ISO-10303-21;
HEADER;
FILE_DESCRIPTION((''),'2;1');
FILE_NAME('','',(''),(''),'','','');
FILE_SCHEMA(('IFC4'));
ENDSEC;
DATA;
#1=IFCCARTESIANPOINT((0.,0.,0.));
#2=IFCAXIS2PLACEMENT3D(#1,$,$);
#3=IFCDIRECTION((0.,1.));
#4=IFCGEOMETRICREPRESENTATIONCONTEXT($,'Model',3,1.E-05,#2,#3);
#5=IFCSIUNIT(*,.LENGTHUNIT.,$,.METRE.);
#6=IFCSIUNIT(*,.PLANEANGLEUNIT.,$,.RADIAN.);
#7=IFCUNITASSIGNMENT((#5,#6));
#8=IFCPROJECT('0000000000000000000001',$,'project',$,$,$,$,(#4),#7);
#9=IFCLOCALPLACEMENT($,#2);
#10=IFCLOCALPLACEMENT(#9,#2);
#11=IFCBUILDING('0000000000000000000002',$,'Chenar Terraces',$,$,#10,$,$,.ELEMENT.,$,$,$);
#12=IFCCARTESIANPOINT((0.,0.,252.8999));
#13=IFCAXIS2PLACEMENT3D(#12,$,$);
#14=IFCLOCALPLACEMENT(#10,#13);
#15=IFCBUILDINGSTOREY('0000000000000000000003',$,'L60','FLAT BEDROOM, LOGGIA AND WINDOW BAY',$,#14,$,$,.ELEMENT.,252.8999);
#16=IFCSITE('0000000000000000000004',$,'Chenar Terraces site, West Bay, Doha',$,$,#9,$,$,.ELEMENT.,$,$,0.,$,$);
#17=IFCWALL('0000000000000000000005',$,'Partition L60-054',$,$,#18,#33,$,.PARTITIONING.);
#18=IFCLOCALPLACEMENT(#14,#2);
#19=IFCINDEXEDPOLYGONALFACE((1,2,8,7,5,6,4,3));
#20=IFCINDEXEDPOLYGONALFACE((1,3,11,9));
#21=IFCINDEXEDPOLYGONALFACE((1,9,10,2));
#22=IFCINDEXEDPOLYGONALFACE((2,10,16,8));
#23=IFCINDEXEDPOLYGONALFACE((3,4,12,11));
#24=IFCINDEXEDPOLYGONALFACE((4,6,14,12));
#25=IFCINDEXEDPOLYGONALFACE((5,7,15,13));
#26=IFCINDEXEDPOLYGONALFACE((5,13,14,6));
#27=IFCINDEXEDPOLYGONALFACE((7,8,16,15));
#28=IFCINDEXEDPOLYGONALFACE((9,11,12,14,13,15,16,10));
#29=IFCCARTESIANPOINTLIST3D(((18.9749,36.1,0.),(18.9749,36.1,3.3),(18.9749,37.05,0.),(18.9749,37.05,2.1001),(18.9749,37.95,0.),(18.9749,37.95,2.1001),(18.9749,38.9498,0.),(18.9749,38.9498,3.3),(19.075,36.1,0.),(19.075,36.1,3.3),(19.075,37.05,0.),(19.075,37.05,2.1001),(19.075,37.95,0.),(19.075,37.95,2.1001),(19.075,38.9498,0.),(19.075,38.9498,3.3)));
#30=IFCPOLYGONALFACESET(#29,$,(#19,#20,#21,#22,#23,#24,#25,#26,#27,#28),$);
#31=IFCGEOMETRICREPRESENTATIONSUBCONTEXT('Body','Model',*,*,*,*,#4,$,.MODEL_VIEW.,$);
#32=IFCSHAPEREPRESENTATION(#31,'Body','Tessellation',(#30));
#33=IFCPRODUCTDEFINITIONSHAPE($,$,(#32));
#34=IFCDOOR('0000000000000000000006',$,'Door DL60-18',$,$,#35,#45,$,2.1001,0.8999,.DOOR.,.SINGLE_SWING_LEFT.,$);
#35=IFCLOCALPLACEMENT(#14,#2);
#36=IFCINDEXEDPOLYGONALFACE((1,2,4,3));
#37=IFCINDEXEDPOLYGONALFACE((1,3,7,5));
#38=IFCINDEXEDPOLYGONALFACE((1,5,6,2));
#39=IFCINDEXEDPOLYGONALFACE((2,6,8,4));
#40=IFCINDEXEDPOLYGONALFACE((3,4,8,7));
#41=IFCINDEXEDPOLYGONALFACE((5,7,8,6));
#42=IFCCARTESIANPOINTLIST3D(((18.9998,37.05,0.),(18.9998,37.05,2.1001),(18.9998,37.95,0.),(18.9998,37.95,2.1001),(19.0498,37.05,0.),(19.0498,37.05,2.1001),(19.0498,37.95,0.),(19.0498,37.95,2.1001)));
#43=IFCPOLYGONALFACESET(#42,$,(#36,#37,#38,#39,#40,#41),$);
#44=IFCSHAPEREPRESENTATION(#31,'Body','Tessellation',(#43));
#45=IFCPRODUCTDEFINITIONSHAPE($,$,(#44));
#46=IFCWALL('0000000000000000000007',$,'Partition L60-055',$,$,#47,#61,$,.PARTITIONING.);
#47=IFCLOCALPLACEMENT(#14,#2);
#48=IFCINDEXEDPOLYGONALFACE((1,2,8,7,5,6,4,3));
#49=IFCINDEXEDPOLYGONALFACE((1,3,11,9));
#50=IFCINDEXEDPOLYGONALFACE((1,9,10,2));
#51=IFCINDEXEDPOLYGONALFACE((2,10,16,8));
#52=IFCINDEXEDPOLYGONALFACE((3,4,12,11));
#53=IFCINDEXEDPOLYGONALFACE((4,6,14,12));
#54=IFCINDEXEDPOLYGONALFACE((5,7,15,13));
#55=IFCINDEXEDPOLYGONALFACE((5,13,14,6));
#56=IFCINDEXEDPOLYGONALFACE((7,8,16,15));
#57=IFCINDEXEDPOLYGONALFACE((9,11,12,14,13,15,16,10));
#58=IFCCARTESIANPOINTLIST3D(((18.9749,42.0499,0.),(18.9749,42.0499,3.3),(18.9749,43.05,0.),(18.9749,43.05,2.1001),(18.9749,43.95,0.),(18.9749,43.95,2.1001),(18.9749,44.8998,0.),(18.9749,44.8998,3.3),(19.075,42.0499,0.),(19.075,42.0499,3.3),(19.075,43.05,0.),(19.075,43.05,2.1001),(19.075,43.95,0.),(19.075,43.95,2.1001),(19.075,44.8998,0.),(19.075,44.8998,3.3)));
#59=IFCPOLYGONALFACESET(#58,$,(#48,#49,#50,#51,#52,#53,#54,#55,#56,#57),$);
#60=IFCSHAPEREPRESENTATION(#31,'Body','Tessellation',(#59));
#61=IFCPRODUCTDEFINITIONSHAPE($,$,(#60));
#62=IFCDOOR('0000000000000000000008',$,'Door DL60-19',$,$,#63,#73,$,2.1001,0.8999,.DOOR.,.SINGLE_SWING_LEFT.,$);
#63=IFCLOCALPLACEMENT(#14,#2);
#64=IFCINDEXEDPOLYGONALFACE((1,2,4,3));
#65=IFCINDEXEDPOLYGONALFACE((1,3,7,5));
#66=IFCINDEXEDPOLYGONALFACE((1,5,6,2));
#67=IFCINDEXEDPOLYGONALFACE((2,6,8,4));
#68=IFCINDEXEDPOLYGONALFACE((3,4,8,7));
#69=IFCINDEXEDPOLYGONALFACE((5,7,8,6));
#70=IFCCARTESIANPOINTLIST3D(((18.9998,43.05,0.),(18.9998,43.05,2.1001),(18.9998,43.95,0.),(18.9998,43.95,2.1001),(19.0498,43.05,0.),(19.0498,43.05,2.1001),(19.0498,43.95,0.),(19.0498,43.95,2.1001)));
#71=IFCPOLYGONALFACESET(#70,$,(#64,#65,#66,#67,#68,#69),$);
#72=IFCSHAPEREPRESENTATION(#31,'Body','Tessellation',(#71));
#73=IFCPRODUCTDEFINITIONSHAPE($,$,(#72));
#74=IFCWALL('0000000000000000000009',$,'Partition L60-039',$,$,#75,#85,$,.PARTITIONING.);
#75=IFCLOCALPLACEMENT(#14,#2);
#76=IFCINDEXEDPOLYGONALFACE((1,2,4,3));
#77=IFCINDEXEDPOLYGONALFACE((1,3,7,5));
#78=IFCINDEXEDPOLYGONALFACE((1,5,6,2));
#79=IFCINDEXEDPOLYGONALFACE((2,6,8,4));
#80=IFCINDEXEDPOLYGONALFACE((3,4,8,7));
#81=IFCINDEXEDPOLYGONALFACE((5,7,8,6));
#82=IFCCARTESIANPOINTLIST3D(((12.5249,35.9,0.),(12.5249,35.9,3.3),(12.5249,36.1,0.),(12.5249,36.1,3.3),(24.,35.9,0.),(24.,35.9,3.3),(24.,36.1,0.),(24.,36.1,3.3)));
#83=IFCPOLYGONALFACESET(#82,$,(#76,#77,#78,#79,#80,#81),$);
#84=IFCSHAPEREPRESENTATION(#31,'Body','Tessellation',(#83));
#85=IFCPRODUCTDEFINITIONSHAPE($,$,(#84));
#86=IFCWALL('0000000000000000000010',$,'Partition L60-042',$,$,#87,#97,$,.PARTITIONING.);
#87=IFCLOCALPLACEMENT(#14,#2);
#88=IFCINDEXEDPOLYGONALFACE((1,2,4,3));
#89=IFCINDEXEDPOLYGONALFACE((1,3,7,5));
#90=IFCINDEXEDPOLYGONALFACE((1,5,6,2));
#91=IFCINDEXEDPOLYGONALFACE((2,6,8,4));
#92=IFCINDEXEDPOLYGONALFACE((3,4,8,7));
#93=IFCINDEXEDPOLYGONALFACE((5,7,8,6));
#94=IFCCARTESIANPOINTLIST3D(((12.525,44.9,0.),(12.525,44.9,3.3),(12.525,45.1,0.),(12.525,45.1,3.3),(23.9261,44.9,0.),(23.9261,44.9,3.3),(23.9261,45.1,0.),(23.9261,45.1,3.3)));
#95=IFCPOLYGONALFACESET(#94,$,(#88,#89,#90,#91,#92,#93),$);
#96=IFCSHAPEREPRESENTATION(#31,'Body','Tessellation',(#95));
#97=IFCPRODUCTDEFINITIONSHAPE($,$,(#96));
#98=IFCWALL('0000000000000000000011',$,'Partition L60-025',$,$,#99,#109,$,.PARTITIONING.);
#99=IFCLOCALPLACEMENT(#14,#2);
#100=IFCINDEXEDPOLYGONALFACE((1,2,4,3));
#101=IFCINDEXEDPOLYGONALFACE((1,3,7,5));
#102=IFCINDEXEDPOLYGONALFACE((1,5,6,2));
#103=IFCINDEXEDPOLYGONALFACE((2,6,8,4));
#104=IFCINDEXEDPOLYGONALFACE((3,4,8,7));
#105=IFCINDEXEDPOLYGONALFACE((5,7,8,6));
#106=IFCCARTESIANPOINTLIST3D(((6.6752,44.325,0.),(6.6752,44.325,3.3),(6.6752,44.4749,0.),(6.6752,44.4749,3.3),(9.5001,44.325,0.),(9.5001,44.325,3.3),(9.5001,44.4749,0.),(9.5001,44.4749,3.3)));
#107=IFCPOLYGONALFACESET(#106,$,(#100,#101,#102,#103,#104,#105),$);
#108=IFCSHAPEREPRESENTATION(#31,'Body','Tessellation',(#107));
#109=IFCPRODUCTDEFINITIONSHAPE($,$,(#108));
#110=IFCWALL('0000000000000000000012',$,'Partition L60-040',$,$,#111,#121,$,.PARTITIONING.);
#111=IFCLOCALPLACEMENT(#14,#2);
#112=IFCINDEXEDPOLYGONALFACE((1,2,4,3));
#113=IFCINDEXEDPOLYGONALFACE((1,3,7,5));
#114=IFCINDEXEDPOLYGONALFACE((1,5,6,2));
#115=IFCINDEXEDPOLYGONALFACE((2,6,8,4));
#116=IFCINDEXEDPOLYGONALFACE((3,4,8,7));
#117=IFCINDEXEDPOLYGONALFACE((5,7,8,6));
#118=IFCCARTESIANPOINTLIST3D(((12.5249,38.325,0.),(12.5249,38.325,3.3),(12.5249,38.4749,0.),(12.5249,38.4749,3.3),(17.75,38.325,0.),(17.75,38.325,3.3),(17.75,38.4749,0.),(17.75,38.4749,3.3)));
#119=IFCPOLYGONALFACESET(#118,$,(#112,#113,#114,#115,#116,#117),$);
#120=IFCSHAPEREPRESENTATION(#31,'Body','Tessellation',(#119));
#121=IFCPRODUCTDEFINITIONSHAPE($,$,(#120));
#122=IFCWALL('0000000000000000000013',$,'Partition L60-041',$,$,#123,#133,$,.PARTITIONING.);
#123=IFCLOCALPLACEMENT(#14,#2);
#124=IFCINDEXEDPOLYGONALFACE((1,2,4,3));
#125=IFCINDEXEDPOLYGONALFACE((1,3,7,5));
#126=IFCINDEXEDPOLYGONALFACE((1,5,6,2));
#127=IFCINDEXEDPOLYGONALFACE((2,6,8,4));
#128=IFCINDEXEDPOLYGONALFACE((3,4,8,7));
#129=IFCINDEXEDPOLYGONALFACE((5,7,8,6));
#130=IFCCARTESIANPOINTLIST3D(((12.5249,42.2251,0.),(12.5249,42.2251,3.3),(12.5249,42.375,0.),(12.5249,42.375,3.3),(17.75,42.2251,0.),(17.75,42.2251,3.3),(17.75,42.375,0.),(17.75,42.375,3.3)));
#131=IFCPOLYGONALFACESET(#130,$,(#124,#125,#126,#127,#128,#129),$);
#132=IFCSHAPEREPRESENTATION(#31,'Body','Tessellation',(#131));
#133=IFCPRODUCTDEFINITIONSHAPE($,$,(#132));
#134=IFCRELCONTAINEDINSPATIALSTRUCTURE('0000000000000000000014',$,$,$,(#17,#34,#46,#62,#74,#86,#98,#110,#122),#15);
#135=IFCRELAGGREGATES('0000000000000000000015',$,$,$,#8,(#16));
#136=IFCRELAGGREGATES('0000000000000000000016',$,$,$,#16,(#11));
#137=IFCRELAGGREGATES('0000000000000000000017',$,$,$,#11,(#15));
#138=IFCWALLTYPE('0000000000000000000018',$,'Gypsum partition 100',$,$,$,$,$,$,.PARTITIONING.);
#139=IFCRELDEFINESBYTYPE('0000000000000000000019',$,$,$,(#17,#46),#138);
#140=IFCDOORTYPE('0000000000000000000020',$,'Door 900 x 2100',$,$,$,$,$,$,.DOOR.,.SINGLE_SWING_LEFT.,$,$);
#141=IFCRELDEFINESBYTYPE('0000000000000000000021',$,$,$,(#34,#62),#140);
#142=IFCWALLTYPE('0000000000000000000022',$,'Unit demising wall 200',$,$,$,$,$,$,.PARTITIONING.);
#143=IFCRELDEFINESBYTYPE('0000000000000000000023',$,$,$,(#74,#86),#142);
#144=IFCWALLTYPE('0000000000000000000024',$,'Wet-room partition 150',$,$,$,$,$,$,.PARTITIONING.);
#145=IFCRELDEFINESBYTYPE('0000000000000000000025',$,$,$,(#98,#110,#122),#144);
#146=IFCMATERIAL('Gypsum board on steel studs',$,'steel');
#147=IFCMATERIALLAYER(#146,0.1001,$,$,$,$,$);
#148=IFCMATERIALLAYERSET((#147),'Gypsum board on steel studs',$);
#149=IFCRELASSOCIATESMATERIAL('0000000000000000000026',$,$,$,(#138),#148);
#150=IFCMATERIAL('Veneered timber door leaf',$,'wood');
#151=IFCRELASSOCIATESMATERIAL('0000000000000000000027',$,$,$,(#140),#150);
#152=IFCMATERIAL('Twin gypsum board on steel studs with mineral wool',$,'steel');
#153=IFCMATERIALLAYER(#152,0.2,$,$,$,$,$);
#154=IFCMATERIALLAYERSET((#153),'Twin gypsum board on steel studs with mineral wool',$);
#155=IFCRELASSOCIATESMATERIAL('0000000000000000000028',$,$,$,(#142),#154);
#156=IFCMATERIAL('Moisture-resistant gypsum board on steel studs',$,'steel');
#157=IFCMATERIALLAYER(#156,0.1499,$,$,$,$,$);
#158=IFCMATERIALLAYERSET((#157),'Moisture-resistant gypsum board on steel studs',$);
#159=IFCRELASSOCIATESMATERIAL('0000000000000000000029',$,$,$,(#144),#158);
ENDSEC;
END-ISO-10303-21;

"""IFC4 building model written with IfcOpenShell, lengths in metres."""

from ifc_helpers import new_model, si_unit, direction, frame, frame_2d, origin, place, context, subcontext, project, spatial, rectangle, extrude, material, layer, layer_set, type_object, element, fill, save


model = new_model("IFC4")

# Units and contexts
model_context = context("Model", 3, precision=1e-05, world=origin(), true_north=direction((0.0, 1.0)))
body_context = subcontext(model_context, "Body", "Model", "MODEL_VIEW")
ifc_project = project(units=[si_unit("LENGTHUNIT", "METRE"), si_unit("PLANEANGLEUNIT", "RADIAN")], contexts=[model_context])

# Site, building, storey
site_placement = place(None, origin())
site = spatial("IfcSite", under=ifc_project, at=site_placement, Name="Chenar Terraces site, West Bay, Doha", CompositionType="ELEMENT", RefElevation=0.0)
building_placement = place(site_placement, origin())
building = spatial("IfcBuilding", under=site, at=building_placement, Name="Chenar Terraces", CompositionType="ELEMENT")
storey_placement = place(building_placement, frame((0.0, 0.0, 252.8999)))
storey = spatial("IfcBuildingStorey", under=building, at=storey_placement, Name="L60", Description="FLAT BEDROOM, LOGGIA AND WINDOW BAY", CompositionType="ELEMENT", Elevation=252.8999)

# Shared definitions
ifc_material_1 = material(Name="Gypsum board on steel studs", Category="steel")
ifc_layer_1 = layer(ifc_material_1, 0.1001)
ifc_layer_set_1 = layer_set([ifc_layer_1], Name="Gypsum board on steel studs")
wall_type_1 = type_object("IfcWallType", Name="Gypsum partition 100", PredefinedType="PARTITIONING", material=ifc_layer_set_1)

# Walls, openings, doors
wall_1_placement = place(storey_placement, frame((19.0249, 36.1001, 0.0), z_axis=(0.0, 0.0, 1.0), x_axis=(0.0, 1.0, 0.0)))
wall_1 = element("IfcWall", 1, at=wall_1_placement, inside=storey, type_object=wall_type_1, Name="Partition L60-054", PredefinedType="PARTITIONING", context=body_context, shape_type="SweptSolid", body=[
    extrude(rectangle(XDim=2.8499, YDim=0.1001, at=frame_2d((1.4248, 0.0))), origin(), (0.0, 0.0, 1.0), 3.3),
])
opening_1_placement = place(wall_1_placement, frame((0.95, 0.0, 0.0)))
opening_1 = element("IfcOpeningElement", 2, at=opening_1_placement, cuts=wall_1, PredefinedType="OPENING", context=body_context, shape_type="SweptSolid", body=[
    extrude(rectangle(XDim=0.8999, YDim=2.1001, at=frame_2d((0.45, 1.05))), frame((0.0, 0.0601, 0.0), z_axis=(0.0, -1.0, 0.0), x_axis=(1.0, 0.0, 0.0)), (0.0, 0.0, 1.0), 0.1201),
])
ifc_material_2 = material(Name="Veneered timber door leaf", Category="wood")
door_type_1 = type_object("IfcDoorType", Name="Door 900 x 2100", OperationType="SINGLE_SWING_LEFT", PredefinedType="DOOR", material=ifc_material_2)
door_1_placement = place(opening_1_placement, frame((0.8999, 0.0, 0.0), z_axis=(0.0, 0.0, 1.0), x_axis=(-1.0, 0.0, 0.0)))
door_1 = element("IfcDoor", 3, at=door_1_placement, inside=storey, type_object=door_type_1, Name="Door DL60-18", OperationType="SINGLE_SWING_LEFT", OverallHeight=2.1001, OverallWidth=0.8999, PredefinedType="DOOR", context=body_context, shape_type="SweptSolid", body=[
    extrude(rectangle(XDim=0.8999, YDim=2.1001, at=frame_2d((0.45, 1.05))), frame((0.0, 0.0249, 0.0), z_axis=(0.0, -1.0, 0.0), x_axis=(1.0, 0.0, 0.0)), (0.0, 0.0, 1.0), 0.05),
])
fill(opening_1, door_1)
wall_2_placement = place(storey_placement, frame((19.0249, 42.05, 0.0), z_axis=(0.0, 0.0, 1.0), x_axis=(0.0, 1.0, 0.0)))
wall_2 = element("IfcWall", 4, at=wall_2_placement, inside=storey, type_object=wall_type_1, Name="Partition L60-055", PredefinedType="PARTITIONING", context=body_context, shape_type="SweptSolid", body=[
    extrude(rectangle(XDim=2.8499, YDim=0.1001, at=frame_2d((1.4248, 0.0))), origin(), (0.0, 0.0, 1.0), 3.3),
])
opening_2_placement = place(wall_2_placement, frame((1.0, 0.0, 0.0)))
opening_2 = element("IfcOpeningElement", 5, at=opening_2_placement, cuts=wall_2, PredefinedType="OPENING", context=body_context, shape_type="SweptSolid", body=[
    extrude(rectangle(XDim=0.8999, YDim=2.1001, at=frame_2d((0.45, 1.05))), frame((0.0, 0.0601, 0.0), z_axis=(0.0, -1.0, 0.0), x_axis=(1.0, 0.0, 0.0)), (0.0, 0.0, 1.0), 0.1201),
])
door_2_placement = place(opening_2_placement, frame((0.8999, 0.0, 0.0), z_axis=(0.0, 0.0, 1.0), x_axis=(-1.0, 0.0, 0.0)))
door_2 = element("IfcDoor", 6, at=door_2_placement, inside=storey, type_object=door_type_1, Name="Door DL60-19", OperationType="SINGLE_SWING_LEFT", OverallHeight=2.1001, OverallWidth=0.8999, PredefinedType="DOOR", context=body_context, shape_type="SweptSolid", body=[
    extrude(rectangle(XDim=0.8999, YDim=2.1001, at=frame_2d((0.45, 1.05))), frame((0.0, 0.0249, 0.0), z_axis=(0.0, -1.0, 0.0), x_axis=(1.0, 0.0, 0.0)), (0.0, 0.0, 1.0), 0.05),
])
fill(opening_2, door_2)

# Walls
ifc_material_3 = material(Name="Twin gypsum board on steel studs with mineral wool", Category="steel")
ifc_layer_2 = layer(ifc_material_3, 0.2)
ifc_layer_set_2 = layer_set([ifc_layer_2], Name="Twin gypsum board on steel studs with mineral wool")
wall_type_2 = type_object("IfcWallType", Name="Unit demising wall 200", PredefinedType="PARTITIONING", material=ifc_layer_set_2)
wall_3_placement = place(storey_placement, frame((12.5249, 36.0, 0.0), z_axis=(0.0, 0.0, 1.0), x_axis=(1.0, 0.0, 0.0)))
element("IfcWall", 7, at=wall_3_placement, inside=storey, type_object=wall_type_2, Name="Partition L60-039", PredefinedType="PARTITIONING", context=body_context, shape_type="SweptSolid", body=[
    extrude(rectangle(XDim=11.4751, YDim=0.2, at=frame_2d((5.7375, 0.0))), origin(), (0.0, 0.0, 1.0), 3.3),
])
wall_4_placement = place(storey_placement, frame((12.5249, 45.0, 0.0), z_axis=(0.0, 0.0, 1.0), x_axis=(1.0, 0.0, 0.0)))
element("IfcWall", 8, at=wall_4_placement, inside=storey, type_object=wall_type_2, Name="Partition L60-042", PredefinedType="PARTITIONING", context=body_context, shape_type="SweptSolid", body=[
    extrude(rectangle(XDim=11.4011, YDim=0.2, at=frame_2d((5.7007, 0.0))), origin(), (0.0, 0.0, 1.0), 3.3),
])
ifc_material_4 = material(Name="Moisture-resistant gypsum board on steel studs", Category="steel")
ifc_layer_3 = layer(ifc_material_4, 0.1499)
ifc_layer_set_3 = layer_set([ifc_layer_3], Name="Moisture-resistant gypsum board on steel studs")
wall_type_3 = type_object("IfcWallType", Name="Wet-room partition 150", PredefinedType="PARTITIONING", material=ifc_layer_set_3)
wall_5_placement = place(storey_placement, frame((6.675, 44.3999, 0.0), z_axis=(0.0, 0.0, 1.0), x_axis=(1.0, 0.0, 0.0)))
element("IfcWall", 9, at=wall_5_placement, inside=storey, type_object=wall_type_3, Name="Partition L60-025", PredefinedType="PARTITIONING", context=body_context, shape_type="SweptSolid", body=[
    extrude(rectangle(XDim=2.825, YDim=0.1499, at=frame_2d((1.4126, 0.0))), origin(), (0.0, 0.0, 1.0), 3.3),
])
for number, where, z_axis, x_axis, name in (
    (10, (12.5249, 38.3999, 0.0), (0.0, 0.0, 1.0), (1.0, 0.0, 0.0), "Partition L60-040"),
    (11, (12.5249, 42.3, 0.0), (0.0, 0.0, 1.0), (1.0, 0.0, 0.0), "Partition L60-041"),
):
    element("IfcWall", number, at=place(storey_placement, frame(where, z_axis=z_axis, x_axis=x_axis)), inside=storey, type_object=wall_type_3, Name=name, PredefinedType="PARTITIONING", context=body_context, shape_type="SweptSolid", body=[
        extrude(rectangle(XDim=5.2251, YDim=0.1499, at=frame_2d((2.6125, 0.0))), origin(), (0.0, 0.0, 1.0), 3.3),
    ])

save(model, "model.ifc")
